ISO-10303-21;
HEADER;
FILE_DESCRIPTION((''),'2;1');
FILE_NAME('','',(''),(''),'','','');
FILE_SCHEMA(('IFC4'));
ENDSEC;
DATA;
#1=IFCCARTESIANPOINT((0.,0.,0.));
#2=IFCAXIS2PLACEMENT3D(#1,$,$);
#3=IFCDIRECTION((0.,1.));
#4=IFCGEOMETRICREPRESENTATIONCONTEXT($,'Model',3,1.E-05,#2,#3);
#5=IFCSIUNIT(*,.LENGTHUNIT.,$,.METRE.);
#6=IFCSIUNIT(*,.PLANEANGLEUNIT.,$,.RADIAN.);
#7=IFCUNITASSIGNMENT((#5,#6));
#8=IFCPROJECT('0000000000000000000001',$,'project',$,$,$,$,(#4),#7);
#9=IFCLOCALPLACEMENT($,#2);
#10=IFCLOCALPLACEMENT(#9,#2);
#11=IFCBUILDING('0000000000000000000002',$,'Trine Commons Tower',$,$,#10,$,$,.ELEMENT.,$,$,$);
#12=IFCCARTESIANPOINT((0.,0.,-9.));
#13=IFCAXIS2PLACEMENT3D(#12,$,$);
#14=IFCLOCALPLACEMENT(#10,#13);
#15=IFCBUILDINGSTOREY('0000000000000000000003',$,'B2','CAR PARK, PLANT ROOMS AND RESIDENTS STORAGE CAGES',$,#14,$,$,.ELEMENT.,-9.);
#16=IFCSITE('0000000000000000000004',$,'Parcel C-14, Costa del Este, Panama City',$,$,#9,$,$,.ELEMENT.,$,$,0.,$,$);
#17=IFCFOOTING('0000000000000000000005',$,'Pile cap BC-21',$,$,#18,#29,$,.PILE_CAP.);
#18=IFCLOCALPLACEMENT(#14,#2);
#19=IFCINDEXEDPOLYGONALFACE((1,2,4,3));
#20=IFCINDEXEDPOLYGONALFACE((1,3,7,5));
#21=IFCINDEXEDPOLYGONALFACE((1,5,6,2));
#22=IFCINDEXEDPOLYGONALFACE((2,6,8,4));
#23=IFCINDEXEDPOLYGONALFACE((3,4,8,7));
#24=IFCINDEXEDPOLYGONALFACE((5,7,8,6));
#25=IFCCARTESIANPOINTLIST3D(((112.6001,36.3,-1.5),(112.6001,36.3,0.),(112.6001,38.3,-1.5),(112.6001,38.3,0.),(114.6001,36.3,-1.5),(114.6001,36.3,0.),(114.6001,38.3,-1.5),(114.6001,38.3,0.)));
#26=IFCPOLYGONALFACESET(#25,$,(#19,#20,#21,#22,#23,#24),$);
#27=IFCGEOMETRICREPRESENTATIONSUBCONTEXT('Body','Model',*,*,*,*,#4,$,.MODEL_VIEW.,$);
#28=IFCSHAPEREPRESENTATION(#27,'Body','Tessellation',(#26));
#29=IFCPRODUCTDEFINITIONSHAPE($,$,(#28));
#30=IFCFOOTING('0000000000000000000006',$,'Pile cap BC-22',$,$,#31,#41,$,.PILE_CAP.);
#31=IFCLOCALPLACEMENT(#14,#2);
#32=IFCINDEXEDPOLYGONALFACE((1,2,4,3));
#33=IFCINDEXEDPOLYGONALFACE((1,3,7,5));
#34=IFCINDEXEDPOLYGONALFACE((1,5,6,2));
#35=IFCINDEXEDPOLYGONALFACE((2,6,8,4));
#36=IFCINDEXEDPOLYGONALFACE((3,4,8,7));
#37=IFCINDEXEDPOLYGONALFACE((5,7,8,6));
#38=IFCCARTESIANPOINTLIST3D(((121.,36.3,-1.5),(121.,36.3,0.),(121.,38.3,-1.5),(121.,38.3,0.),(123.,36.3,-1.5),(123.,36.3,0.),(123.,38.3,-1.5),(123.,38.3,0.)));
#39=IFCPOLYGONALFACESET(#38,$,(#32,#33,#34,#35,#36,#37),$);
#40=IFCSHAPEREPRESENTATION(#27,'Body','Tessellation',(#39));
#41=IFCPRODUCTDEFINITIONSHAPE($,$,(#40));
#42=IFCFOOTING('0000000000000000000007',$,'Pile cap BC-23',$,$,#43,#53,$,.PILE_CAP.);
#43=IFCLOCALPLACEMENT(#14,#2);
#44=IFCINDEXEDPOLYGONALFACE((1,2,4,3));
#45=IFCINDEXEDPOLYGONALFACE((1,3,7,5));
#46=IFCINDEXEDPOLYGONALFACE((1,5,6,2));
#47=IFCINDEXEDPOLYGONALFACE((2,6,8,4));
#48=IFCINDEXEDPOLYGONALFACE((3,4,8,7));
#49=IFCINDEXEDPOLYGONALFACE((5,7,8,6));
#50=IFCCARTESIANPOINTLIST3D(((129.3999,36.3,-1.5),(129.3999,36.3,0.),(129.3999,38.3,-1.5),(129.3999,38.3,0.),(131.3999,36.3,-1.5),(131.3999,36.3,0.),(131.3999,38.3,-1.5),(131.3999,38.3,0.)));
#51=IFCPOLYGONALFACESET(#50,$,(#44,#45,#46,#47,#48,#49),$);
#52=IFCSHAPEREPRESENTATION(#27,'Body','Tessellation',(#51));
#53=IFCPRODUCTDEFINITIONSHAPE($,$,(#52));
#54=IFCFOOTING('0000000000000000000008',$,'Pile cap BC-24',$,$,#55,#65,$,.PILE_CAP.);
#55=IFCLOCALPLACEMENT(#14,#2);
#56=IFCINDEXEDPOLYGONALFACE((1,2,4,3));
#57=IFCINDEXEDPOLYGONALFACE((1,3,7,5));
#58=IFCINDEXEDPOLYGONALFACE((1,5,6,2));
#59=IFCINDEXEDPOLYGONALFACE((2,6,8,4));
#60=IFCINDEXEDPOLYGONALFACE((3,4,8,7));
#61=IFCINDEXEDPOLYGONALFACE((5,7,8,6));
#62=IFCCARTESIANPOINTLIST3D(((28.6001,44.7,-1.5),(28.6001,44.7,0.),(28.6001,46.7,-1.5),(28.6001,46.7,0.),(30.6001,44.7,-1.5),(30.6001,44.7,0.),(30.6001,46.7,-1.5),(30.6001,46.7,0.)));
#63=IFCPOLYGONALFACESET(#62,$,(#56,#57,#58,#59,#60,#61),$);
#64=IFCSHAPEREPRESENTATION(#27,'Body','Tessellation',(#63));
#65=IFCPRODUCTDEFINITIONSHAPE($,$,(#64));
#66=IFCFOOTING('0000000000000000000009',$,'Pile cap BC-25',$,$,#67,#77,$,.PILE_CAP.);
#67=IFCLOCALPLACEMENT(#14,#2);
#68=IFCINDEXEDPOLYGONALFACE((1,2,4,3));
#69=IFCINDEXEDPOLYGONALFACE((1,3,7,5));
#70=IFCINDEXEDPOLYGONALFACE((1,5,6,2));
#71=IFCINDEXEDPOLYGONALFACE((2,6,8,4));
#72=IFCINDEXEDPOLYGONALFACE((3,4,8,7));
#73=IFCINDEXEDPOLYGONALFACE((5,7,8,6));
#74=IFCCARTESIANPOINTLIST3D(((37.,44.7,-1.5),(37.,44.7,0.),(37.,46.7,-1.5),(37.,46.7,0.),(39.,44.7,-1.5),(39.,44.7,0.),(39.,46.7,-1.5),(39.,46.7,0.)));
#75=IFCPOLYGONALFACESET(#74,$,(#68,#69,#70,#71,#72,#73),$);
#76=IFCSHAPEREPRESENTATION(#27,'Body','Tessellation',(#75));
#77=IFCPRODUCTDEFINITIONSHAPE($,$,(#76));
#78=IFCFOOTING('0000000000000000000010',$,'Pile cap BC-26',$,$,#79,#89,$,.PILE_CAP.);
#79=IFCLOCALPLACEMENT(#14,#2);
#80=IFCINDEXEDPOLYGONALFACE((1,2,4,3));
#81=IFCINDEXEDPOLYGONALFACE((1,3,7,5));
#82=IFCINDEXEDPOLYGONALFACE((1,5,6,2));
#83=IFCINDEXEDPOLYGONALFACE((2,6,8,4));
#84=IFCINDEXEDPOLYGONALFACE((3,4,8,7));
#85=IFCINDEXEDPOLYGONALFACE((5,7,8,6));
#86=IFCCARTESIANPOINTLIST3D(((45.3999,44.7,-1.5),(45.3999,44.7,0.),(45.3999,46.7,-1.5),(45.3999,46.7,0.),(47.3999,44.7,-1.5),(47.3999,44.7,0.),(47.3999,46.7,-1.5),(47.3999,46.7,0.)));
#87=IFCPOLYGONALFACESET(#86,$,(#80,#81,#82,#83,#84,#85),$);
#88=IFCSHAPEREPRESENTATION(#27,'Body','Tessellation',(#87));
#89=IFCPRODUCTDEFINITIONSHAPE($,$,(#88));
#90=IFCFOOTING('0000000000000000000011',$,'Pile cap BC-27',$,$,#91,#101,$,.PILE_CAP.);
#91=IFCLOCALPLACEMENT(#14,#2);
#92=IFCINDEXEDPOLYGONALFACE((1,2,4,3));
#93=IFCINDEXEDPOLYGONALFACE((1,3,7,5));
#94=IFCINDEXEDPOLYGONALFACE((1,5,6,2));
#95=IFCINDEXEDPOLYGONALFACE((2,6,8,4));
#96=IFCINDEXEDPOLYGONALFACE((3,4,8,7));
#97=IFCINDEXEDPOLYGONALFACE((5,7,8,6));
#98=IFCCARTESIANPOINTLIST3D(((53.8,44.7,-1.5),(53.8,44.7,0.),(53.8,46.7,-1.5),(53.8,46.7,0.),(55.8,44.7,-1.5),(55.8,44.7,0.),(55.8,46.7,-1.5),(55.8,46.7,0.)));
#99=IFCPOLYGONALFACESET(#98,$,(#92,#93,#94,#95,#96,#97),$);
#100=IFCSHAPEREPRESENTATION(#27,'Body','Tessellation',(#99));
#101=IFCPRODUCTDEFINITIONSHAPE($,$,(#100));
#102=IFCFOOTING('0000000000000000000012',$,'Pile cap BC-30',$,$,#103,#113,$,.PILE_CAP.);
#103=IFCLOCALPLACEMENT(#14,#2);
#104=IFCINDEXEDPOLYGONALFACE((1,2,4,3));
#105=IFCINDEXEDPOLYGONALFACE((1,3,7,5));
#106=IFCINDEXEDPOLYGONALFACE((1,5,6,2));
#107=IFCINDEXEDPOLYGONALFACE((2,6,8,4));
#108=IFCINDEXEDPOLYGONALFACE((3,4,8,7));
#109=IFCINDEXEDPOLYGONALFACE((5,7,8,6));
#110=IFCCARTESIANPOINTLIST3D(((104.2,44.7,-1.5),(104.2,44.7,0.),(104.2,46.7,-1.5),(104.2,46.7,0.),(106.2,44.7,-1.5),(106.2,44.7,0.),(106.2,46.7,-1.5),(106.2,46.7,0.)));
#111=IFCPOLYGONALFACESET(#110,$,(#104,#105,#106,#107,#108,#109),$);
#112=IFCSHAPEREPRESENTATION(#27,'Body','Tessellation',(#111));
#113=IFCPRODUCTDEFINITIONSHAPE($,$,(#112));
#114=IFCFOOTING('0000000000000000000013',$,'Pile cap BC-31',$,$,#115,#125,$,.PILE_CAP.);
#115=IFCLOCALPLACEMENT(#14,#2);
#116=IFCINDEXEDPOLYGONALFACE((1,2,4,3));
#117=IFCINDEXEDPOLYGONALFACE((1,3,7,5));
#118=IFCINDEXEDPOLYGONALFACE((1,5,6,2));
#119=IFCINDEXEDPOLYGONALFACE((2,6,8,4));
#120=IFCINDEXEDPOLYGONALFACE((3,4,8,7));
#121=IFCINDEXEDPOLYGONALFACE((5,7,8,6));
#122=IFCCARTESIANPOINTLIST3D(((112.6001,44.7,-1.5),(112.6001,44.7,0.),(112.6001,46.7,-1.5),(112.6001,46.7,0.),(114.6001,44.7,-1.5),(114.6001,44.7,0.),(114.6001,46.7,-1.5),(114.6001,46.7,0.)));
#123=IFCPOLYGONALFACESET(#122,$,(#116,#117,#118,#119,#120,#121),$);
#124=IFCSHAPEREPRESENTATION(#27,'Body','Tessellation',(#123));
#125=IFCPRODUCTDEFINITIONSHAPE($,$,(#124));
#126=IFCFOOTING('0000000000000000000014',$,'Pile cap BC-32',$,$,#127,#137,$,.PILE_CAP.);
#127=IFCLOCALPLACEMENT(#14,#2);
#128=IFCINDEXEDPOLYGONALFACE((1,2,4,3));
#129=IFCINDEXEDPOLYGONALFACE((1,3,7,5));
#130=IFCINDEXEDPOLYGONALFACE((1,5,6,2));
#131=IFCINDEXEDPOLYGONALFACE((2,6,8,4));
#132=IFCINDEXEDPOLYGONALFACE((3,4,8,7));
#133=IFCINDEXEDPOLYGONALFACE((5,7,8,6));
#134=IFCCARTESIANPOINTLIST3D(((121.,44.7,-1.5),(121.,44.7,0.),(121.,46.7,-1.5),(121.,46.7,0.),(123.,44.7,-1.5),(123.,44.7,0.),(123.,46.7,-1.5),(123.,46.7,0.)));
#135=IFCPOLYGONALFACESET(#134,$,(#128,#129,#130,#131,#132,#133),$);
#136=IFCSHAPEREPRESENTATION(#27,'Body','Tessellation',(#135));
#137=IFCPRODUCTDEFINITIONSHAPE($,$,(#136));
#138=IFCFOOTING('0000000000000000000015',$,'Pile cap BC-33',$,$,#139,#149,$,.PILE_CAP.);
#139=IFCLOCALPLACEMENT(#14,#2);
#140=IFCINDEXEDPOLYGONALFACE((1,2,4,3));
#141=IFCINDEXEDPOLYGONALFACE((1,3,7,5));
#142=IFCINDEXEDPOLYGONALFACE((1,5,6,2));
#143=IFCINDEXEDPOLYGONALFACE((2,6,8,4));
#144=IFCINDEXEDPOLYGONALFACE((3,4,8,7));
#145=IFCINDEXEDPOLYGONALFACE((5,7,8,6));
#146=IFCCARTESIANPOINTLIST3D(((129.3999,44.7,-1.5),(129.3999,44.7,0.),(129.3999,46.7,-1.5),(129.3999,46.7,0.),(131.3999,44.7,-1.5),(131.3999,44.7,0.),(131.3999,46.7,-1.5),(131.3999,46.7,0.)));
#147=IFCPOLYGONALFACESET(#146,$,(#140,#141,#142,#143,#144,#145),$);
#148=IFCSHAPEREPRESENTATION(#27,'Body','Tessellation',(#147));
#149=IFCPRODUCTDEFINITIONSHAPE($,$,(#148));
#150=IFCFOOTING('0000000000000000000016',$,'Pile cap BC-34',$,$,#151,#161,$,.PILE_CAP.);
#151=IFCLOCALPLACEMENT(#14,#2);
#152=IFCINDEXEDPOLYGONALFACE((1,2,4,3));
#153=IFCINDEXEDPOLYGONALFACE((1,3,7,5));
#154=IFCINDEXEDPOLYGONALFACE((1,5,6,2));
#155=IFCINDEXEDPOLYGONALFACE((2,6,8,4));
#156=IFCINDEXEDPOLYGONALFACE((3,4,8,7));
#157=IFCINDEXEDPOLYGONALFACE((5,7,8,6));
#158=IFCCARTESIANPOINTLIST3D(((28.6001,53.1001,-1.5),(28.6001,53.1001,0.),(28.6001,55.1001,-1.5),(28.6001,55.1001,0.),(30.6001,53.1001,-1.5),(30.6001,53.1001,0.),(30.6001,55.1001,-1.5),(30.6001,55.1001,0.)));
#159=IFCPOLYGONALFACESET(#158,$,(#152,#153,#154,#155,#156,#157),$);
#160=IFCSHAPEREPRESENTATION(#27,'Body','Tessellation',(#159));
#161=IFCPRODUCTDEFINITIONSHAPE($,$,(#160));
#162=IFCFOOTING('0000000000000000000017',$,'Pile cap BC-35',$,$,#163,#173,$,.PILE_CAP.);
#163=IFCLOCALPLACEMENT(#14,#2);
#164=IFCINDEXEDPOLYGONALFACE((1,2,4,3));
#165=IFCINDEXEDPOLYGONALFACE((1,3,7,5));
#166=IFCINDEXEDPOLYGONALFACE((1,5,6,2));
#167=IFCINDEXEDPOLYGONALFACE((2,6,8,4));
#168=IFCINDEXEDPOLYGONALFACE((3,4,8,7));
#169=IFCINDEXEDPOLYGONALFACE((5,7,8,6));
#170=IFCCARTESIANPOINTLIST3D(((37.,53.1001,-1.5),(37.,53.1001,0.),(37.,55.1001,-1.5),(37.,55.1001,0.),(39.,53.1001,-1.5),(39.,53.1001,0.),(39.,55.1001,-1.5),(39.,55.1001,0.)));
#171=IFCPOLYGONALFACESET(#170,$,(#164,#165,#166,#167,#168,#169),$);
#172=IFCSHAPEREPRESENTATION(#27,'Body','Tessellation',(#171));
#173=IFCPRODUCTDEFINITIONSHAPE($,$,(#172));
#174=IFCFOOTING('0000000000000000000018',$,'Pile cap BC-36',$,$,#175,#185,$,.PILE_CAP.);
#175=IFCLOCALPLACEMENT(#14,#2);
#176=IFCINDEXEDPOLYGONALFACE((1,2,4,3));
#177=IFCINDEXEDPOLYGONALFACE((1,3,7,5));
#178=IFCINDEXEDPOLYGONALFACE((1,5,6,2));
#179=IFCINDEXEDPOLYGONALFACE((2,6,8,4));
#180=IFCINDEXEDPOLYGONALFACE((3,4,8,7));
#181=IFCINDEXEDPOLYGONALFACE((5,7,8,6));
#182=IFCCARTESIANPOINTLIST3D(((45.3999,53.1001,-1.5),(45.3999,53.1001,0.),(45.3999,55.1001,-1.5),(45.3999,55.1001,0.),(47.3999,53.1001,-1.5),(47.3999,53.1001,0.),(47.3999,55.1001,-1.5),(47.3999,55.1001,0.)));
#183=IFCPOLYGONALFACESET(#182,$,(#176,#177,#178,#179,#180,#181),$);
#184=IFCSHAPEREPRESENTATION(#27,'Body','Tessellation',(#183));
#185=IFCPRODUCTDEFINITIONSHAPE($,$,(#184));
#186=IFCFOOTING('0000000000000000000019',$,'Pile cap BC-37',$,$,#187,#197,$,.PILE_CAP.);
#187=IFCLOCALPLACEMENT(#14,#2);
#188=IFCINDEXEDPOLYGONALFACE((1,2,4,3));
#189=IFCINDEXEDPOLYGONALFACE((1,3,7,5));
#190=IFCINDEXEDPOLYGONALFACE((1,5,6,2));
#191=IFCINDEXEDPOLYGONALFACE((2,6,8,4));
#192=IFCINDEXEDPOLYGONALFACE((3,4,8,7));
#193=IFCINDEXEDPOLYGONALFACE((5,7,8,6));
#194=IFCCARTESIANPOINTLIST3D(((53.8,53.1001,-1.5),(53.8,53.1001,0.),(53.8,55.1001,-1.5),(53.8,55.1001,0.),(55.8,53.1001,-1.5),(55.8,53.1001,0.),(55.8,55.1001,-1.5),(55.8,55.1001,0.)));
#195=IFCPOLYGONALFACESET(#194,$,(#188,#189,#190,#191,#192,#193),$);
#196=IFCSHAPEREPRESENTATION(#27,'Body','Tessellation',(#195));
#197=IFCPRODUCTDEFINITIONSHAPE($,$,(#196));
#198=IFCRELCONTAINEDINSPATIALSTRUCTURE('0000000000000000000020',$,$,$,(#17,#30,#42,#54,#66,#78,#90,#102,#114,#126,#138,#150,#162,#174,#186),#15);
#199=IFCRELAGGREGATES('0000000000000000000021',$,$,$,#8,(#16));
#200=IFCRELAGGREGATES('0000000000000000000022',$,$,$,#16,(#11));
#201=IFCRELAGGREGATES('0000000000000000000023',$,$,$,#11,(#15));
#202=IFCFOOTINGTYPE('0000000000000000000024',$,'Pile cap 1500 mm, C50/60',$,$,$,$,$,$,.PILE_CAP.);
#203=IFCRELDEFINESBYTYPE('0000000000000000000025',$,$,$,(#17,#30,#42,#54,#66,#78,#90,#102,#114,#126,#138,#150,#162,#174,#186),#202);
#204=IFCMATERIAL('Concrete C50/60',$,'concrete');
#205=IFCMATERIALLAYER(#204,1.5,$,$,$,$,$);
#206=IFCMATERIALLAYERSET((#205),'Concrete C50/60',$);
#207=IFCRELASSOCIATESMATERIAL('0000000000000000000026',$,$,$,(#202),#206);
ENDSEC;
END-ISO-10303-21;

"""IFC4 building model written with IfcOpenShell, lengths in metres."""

from ifc_helpers import new_model, si_unit, direction, frame, origin, place, context, subcontext, project, spatial, polyline, outline, extrude, material, layer, layer_set, type_object, element, save


model = new_model("IFC4")

# Units and contexts
model_context = context("Model", 3, precision=1e-05, world=origin(), true_north=direction((0.0, 1.0)))
body_context = subcontext(model_context, "Body", "Model", "MODEL_VIEW")
ifc_project = project(units=[si_unit("LENGTHUNIT", "METRE"), si_unit("PLANEANGLEUNIT", "RADIAN")], contexts=[model_context])

# Site, building, storey
site_placement = place(None, origin())
site = spatial("IfcSite", under=ifc_project, at=site_placement, Name="Parcel C-14, Costa del Este, Panama City", CompositionType="ELEMENT", RefElevation=0.0)
building_placement = place(site_placement, origin())
building = spatial("IfcBuilding", under=site, at=building_placement, Name="Trine Commons Tower", CompositionType="ELEMENT")
storey_placement = place(building_placement, frame((0.0, 0.0, -9.0)))
storey = spatial("IfcBuildingStorey", under=building, at=storey_placement, Name="B2", Description="CAR PARK, PLANT ROOMS AND RESIDENTS STORAGE CAGES", CompositionType="ELEMENT", Elevation=-9.0)

# Footings
ifc_material = material(Name="Concrete C50/60", Category="concrete")
ifc_layer = layer(ifc_material, 1.5)
ifc_layer_set = layer_set([ifc_layer], Name="Concrete C50/60")
footing_type = type_object("IfcFootingType", Name="Pile cap 1500 mm, C50/60", PredefinedType="PILE_CAP", material=ifc_layer_set)
footing_1_placement = place(storey_placement, frame((0.0, 0.0, -1.5)))
element("IfcFooting", 1, at=footing_1_placement, inside=storey, type_object=footing_type, Name="Pile cap BC-21", PredefinedType="PILE_CAP", context=body_context, shape_type="SweptSolid", body=[
    extrude(outline(polyline([(112.6001, 36.3), (112.6001, 38.3), (114.6001, 38.3), (114.6001, 36.3), (112.6001, 36.3)])), origin(), (0.0, 0.0, 1.0), 1.5),
])
footing_2_placement = place(storey_placement, frame((0.0, 0.0, -1.5)))
element("IfcFooting", 2, at=footing_2_placement, inside=storey, type_object=footing_type, Name="Pile cap BC-22", PredefinedType="PILE_CAP", context=body_context, shape_type="SweptSolid", body=[
    extrude(outline(polyline([(121.0, 36.3), (121.0, 38.3), (123.0, 38.3), (123.0, 36.3), (121.0, 36.3)])), origin(), (0.0, 0.0, 1.0), 1.5),
])
footing_3_placement = place(storey_placement, frame((0.0, 0.0, -1.5)))
element("IfcFooting", 3, at=footing_3_placement, inside=storey, type_object=footing_type, Name="Pile cap BC-23", PredefinedType="PILE_CAP", context=body_context, shape_type="SweptSolid", body=[
    extrude(outline(polyline([(129.3999, 36.3), (129.3999, 38.3), (131.3999, 38.3), (131.3999, 36.3), (129.3999, 36.3)])), origin(), (0.0, 0.0, 1.0), 1.5),
])
footing_4_placement = place(storey_placement, frame((0.0, 0.0, -1.5)))
element("IfcFooting", 4, at=footing_4_placement, inside=storey, type_object=footing_type, Name="Pile cap BC-24", PredefinedType="PILE_CAP", context=body_context, shape_type="SweptSolid", body=[
    extrude(outline(polyline([(28.6001, 44.7), (28.6001, 46.7), (30.6001, 46.7), (30.6001, 44.7), (28.6001, 44.7)])), origin(), (0.0, 0.0, 1.0), 1.5),
])
footing_5_placement = place(storey_placement, frame((0.0, 0.0, -1.5)))
element("IfcFooting", 5, at=footing_5_placement, inside=storey, type_object=footing_type, Name="Pile cap BC-25", PredefinedType="PILE_CAP", context=body_context, shape_type="SweptSolid", body=[
    extrude(outline(polyline([(37.0, 44.7), (37.0, 46.7), (39.0, 46.7), (39.0, 44.7), (37.0, 44.7)])), origin(), (0.0, 0.0, 1.0), 1.5),
])
footing_6_placement = place(storey_placement, frame((0.0, 0.0, -1.5)))
element("IfcFooting", 6, at=footing_6_placement, inside=storey, type_object=footing_type, Name="Pile cap BC-26", PredefinedType="PILE_CAP", context=body_context, shape_type="SweptSolid", body=[
    extrude(outline(polyline([(45.3999, 44.7), (45.3999, 46.7), (47.3999, 46.7), (47.3999, 44.7), (45.3999, 44.7)])), origin(), (0.0, 0.0, 1.0), 1.5),
])
footing_7_placement = place(storey_placement, frame((0.0, 0.0, -1.5)))
element("IfcFooting", 7, at=footing_7_placement, inside=storey, type_object=footing_type, Name="Pile cap BC-27", PredefinedType="PILE_CAP", context=body_context, shape_type="SweptSolid", body=[
    extrude(outline(polyline([(53.8, 44.7), (53.8, 46.7), (55.8, 46.7), (55.8, 44.7), (53.8, 44.7)])), origin(), (0.0, 0.0, 1.0), 1.5),
])
footing_8_placement = place(storey_placement, frame((0.0, 0.0, -1.5)))
element("IfcFooting", 8, at=footing_8_placement, inside=storey, type_object=footing_type, Name="Pile cap BC-30", PredefinedType="PILE_CAP", context=body_context, shape_type="SweptSolid", body=[
    extrude(outline(polyline([(104.2, 44.7), (104.2, 46.7), (106.2, 46.7), (106.2, 44.7), (104.2, 44.7)])), origin(), (0.0, 0.0, 1.0), 1.5),
])
footing_9_placement = place(storey_placement, frame((0.0, 0.0, -1.5)))
element("IfcFooting", 9, at=footing_9_placement, inside=storey, type_object=footing_type, Name="Pile cap BC-31", PredefinedType="PILE_CAP", context=body_context, shape_type="SweptSolid", body=[
    extrude(outline(polyline([(112.6001, 44.7), (112.6001, 46.7), (114.6001, 46.7), (114.6001, 44.7), (112.6001, 44.7)])), origin(), (0.0, 0.0, 1.0), 1.5),
])
footing_10_placement = place(storey_placement, frame((0.0, 0.0, -1.5)))
element("IfcFooting", 10, at=footing_10_placement, inside=storey, type_object=footing_type, Name="Pile cap BC-32", PredefinedType="PILE_CAP", context=body_context, shape_type="SweptSolid", body=[
    extrude(outline(polyline([(121.0, 44.7), (121.0, 46.7), (123.0, 46.7), (123.0, 44.7), (121.0, 44.7)])), origin(), (0.0, 0.0, 1.0), 1.5),
])
footing_11_placement = place(storey_placement, frame((0.0, 0.0, -1.5)))
element("IfcFooting", 11, at=footing_11_placement, inside=storey, type_object=footing_type, Name="Pile cap BC-33", PredefinedType="PILE_CAP", context=body_context, shape_type="SweptSolid", body=[
    extrude(outline(polyline([(129.3999, 44.7), (129.3999, 46.7), (131.3999, 46.7), (131.3999, 44.7), (129.3999, 44.7)])), origin(), (0.0, 0.0, 1.0), 1.5),
])
footing_12_placement = place(storey_placement, frame((0.0, 0.0, -1.5)))
element("IfcFooting", 12, at=footing_12_placement, inside=storey, type_object=footing_type, Name="Pile cap BC-34", PredefinedType="PILE_CAP", context=body_context, shape_type="SweptSolid", body=[
    extrude(outline(polyline([(28.6001, 53.1001), (28.6001, 55.1001), (30.6001, 55.1001), (30.6001, 53.1001), (28.6001, 53.1001)])), origin(), (0.0, 0.0, 1.0), 1.5),
])
footing_13_placement = place(storey_placement, frame((0.0, 0.0, -1.5)))
element("IfcFooting", 13, at=footing_13_placement, inside=storey, type_object=footing_type, Name="Pile cap BC-35", PredefinedType="PILE_CAP", context=body_context, shape_type="SweptSolid", body=[
    extrude(outline(polyline([(37.0, 53.1001), (37.0, 55.1001), (39.0, 55.1001), (39.0, 53.1001), (37.0, 53.1001)])), origin(), (0.0, 0.0, 1.0), 1.5),
])
footing_14_placement = place(storey_placement, frame((0.0, 0.0, -1.5)))
element("IfcFooting", 14, at=footing_14_placement, inside=storey, type_object=footing_type, Name="Pile cap BC-36", PredefinedType="PILE_CAP", context=body_context, shape_type="SweptSolid", body=[
    extrude(outline(polyline([(45.3999, 53.1001), (45.3999, 55.1001), (47.3999, 55.1001), (47.3999, 53.1001), (45.3999, 53.1001)])), origin(), (0.0, 0.0, 1.0), 1.5),
])
footing_15_placement = place(storey_placement, frame((0.0, 0.0, -1.5)))
element("IfcFooting", 15, at=footing_15_placement, inside=storey, type_object=footing_type, Name="Pile cap BC-37", PredefinedType="PILE_CAP", context=body_context, shape_type="SweptSolid", body=[
    extrude(outline(polyline([(53.8, 53.1001), (53.8, 55.1001), (55.8, 55.1001), (55.8, 53.1001), (53.8, 53.1001)])), origin(), (0.0, 0.0, 1.0), 1.5),
])

save(model, "model.ifc")
